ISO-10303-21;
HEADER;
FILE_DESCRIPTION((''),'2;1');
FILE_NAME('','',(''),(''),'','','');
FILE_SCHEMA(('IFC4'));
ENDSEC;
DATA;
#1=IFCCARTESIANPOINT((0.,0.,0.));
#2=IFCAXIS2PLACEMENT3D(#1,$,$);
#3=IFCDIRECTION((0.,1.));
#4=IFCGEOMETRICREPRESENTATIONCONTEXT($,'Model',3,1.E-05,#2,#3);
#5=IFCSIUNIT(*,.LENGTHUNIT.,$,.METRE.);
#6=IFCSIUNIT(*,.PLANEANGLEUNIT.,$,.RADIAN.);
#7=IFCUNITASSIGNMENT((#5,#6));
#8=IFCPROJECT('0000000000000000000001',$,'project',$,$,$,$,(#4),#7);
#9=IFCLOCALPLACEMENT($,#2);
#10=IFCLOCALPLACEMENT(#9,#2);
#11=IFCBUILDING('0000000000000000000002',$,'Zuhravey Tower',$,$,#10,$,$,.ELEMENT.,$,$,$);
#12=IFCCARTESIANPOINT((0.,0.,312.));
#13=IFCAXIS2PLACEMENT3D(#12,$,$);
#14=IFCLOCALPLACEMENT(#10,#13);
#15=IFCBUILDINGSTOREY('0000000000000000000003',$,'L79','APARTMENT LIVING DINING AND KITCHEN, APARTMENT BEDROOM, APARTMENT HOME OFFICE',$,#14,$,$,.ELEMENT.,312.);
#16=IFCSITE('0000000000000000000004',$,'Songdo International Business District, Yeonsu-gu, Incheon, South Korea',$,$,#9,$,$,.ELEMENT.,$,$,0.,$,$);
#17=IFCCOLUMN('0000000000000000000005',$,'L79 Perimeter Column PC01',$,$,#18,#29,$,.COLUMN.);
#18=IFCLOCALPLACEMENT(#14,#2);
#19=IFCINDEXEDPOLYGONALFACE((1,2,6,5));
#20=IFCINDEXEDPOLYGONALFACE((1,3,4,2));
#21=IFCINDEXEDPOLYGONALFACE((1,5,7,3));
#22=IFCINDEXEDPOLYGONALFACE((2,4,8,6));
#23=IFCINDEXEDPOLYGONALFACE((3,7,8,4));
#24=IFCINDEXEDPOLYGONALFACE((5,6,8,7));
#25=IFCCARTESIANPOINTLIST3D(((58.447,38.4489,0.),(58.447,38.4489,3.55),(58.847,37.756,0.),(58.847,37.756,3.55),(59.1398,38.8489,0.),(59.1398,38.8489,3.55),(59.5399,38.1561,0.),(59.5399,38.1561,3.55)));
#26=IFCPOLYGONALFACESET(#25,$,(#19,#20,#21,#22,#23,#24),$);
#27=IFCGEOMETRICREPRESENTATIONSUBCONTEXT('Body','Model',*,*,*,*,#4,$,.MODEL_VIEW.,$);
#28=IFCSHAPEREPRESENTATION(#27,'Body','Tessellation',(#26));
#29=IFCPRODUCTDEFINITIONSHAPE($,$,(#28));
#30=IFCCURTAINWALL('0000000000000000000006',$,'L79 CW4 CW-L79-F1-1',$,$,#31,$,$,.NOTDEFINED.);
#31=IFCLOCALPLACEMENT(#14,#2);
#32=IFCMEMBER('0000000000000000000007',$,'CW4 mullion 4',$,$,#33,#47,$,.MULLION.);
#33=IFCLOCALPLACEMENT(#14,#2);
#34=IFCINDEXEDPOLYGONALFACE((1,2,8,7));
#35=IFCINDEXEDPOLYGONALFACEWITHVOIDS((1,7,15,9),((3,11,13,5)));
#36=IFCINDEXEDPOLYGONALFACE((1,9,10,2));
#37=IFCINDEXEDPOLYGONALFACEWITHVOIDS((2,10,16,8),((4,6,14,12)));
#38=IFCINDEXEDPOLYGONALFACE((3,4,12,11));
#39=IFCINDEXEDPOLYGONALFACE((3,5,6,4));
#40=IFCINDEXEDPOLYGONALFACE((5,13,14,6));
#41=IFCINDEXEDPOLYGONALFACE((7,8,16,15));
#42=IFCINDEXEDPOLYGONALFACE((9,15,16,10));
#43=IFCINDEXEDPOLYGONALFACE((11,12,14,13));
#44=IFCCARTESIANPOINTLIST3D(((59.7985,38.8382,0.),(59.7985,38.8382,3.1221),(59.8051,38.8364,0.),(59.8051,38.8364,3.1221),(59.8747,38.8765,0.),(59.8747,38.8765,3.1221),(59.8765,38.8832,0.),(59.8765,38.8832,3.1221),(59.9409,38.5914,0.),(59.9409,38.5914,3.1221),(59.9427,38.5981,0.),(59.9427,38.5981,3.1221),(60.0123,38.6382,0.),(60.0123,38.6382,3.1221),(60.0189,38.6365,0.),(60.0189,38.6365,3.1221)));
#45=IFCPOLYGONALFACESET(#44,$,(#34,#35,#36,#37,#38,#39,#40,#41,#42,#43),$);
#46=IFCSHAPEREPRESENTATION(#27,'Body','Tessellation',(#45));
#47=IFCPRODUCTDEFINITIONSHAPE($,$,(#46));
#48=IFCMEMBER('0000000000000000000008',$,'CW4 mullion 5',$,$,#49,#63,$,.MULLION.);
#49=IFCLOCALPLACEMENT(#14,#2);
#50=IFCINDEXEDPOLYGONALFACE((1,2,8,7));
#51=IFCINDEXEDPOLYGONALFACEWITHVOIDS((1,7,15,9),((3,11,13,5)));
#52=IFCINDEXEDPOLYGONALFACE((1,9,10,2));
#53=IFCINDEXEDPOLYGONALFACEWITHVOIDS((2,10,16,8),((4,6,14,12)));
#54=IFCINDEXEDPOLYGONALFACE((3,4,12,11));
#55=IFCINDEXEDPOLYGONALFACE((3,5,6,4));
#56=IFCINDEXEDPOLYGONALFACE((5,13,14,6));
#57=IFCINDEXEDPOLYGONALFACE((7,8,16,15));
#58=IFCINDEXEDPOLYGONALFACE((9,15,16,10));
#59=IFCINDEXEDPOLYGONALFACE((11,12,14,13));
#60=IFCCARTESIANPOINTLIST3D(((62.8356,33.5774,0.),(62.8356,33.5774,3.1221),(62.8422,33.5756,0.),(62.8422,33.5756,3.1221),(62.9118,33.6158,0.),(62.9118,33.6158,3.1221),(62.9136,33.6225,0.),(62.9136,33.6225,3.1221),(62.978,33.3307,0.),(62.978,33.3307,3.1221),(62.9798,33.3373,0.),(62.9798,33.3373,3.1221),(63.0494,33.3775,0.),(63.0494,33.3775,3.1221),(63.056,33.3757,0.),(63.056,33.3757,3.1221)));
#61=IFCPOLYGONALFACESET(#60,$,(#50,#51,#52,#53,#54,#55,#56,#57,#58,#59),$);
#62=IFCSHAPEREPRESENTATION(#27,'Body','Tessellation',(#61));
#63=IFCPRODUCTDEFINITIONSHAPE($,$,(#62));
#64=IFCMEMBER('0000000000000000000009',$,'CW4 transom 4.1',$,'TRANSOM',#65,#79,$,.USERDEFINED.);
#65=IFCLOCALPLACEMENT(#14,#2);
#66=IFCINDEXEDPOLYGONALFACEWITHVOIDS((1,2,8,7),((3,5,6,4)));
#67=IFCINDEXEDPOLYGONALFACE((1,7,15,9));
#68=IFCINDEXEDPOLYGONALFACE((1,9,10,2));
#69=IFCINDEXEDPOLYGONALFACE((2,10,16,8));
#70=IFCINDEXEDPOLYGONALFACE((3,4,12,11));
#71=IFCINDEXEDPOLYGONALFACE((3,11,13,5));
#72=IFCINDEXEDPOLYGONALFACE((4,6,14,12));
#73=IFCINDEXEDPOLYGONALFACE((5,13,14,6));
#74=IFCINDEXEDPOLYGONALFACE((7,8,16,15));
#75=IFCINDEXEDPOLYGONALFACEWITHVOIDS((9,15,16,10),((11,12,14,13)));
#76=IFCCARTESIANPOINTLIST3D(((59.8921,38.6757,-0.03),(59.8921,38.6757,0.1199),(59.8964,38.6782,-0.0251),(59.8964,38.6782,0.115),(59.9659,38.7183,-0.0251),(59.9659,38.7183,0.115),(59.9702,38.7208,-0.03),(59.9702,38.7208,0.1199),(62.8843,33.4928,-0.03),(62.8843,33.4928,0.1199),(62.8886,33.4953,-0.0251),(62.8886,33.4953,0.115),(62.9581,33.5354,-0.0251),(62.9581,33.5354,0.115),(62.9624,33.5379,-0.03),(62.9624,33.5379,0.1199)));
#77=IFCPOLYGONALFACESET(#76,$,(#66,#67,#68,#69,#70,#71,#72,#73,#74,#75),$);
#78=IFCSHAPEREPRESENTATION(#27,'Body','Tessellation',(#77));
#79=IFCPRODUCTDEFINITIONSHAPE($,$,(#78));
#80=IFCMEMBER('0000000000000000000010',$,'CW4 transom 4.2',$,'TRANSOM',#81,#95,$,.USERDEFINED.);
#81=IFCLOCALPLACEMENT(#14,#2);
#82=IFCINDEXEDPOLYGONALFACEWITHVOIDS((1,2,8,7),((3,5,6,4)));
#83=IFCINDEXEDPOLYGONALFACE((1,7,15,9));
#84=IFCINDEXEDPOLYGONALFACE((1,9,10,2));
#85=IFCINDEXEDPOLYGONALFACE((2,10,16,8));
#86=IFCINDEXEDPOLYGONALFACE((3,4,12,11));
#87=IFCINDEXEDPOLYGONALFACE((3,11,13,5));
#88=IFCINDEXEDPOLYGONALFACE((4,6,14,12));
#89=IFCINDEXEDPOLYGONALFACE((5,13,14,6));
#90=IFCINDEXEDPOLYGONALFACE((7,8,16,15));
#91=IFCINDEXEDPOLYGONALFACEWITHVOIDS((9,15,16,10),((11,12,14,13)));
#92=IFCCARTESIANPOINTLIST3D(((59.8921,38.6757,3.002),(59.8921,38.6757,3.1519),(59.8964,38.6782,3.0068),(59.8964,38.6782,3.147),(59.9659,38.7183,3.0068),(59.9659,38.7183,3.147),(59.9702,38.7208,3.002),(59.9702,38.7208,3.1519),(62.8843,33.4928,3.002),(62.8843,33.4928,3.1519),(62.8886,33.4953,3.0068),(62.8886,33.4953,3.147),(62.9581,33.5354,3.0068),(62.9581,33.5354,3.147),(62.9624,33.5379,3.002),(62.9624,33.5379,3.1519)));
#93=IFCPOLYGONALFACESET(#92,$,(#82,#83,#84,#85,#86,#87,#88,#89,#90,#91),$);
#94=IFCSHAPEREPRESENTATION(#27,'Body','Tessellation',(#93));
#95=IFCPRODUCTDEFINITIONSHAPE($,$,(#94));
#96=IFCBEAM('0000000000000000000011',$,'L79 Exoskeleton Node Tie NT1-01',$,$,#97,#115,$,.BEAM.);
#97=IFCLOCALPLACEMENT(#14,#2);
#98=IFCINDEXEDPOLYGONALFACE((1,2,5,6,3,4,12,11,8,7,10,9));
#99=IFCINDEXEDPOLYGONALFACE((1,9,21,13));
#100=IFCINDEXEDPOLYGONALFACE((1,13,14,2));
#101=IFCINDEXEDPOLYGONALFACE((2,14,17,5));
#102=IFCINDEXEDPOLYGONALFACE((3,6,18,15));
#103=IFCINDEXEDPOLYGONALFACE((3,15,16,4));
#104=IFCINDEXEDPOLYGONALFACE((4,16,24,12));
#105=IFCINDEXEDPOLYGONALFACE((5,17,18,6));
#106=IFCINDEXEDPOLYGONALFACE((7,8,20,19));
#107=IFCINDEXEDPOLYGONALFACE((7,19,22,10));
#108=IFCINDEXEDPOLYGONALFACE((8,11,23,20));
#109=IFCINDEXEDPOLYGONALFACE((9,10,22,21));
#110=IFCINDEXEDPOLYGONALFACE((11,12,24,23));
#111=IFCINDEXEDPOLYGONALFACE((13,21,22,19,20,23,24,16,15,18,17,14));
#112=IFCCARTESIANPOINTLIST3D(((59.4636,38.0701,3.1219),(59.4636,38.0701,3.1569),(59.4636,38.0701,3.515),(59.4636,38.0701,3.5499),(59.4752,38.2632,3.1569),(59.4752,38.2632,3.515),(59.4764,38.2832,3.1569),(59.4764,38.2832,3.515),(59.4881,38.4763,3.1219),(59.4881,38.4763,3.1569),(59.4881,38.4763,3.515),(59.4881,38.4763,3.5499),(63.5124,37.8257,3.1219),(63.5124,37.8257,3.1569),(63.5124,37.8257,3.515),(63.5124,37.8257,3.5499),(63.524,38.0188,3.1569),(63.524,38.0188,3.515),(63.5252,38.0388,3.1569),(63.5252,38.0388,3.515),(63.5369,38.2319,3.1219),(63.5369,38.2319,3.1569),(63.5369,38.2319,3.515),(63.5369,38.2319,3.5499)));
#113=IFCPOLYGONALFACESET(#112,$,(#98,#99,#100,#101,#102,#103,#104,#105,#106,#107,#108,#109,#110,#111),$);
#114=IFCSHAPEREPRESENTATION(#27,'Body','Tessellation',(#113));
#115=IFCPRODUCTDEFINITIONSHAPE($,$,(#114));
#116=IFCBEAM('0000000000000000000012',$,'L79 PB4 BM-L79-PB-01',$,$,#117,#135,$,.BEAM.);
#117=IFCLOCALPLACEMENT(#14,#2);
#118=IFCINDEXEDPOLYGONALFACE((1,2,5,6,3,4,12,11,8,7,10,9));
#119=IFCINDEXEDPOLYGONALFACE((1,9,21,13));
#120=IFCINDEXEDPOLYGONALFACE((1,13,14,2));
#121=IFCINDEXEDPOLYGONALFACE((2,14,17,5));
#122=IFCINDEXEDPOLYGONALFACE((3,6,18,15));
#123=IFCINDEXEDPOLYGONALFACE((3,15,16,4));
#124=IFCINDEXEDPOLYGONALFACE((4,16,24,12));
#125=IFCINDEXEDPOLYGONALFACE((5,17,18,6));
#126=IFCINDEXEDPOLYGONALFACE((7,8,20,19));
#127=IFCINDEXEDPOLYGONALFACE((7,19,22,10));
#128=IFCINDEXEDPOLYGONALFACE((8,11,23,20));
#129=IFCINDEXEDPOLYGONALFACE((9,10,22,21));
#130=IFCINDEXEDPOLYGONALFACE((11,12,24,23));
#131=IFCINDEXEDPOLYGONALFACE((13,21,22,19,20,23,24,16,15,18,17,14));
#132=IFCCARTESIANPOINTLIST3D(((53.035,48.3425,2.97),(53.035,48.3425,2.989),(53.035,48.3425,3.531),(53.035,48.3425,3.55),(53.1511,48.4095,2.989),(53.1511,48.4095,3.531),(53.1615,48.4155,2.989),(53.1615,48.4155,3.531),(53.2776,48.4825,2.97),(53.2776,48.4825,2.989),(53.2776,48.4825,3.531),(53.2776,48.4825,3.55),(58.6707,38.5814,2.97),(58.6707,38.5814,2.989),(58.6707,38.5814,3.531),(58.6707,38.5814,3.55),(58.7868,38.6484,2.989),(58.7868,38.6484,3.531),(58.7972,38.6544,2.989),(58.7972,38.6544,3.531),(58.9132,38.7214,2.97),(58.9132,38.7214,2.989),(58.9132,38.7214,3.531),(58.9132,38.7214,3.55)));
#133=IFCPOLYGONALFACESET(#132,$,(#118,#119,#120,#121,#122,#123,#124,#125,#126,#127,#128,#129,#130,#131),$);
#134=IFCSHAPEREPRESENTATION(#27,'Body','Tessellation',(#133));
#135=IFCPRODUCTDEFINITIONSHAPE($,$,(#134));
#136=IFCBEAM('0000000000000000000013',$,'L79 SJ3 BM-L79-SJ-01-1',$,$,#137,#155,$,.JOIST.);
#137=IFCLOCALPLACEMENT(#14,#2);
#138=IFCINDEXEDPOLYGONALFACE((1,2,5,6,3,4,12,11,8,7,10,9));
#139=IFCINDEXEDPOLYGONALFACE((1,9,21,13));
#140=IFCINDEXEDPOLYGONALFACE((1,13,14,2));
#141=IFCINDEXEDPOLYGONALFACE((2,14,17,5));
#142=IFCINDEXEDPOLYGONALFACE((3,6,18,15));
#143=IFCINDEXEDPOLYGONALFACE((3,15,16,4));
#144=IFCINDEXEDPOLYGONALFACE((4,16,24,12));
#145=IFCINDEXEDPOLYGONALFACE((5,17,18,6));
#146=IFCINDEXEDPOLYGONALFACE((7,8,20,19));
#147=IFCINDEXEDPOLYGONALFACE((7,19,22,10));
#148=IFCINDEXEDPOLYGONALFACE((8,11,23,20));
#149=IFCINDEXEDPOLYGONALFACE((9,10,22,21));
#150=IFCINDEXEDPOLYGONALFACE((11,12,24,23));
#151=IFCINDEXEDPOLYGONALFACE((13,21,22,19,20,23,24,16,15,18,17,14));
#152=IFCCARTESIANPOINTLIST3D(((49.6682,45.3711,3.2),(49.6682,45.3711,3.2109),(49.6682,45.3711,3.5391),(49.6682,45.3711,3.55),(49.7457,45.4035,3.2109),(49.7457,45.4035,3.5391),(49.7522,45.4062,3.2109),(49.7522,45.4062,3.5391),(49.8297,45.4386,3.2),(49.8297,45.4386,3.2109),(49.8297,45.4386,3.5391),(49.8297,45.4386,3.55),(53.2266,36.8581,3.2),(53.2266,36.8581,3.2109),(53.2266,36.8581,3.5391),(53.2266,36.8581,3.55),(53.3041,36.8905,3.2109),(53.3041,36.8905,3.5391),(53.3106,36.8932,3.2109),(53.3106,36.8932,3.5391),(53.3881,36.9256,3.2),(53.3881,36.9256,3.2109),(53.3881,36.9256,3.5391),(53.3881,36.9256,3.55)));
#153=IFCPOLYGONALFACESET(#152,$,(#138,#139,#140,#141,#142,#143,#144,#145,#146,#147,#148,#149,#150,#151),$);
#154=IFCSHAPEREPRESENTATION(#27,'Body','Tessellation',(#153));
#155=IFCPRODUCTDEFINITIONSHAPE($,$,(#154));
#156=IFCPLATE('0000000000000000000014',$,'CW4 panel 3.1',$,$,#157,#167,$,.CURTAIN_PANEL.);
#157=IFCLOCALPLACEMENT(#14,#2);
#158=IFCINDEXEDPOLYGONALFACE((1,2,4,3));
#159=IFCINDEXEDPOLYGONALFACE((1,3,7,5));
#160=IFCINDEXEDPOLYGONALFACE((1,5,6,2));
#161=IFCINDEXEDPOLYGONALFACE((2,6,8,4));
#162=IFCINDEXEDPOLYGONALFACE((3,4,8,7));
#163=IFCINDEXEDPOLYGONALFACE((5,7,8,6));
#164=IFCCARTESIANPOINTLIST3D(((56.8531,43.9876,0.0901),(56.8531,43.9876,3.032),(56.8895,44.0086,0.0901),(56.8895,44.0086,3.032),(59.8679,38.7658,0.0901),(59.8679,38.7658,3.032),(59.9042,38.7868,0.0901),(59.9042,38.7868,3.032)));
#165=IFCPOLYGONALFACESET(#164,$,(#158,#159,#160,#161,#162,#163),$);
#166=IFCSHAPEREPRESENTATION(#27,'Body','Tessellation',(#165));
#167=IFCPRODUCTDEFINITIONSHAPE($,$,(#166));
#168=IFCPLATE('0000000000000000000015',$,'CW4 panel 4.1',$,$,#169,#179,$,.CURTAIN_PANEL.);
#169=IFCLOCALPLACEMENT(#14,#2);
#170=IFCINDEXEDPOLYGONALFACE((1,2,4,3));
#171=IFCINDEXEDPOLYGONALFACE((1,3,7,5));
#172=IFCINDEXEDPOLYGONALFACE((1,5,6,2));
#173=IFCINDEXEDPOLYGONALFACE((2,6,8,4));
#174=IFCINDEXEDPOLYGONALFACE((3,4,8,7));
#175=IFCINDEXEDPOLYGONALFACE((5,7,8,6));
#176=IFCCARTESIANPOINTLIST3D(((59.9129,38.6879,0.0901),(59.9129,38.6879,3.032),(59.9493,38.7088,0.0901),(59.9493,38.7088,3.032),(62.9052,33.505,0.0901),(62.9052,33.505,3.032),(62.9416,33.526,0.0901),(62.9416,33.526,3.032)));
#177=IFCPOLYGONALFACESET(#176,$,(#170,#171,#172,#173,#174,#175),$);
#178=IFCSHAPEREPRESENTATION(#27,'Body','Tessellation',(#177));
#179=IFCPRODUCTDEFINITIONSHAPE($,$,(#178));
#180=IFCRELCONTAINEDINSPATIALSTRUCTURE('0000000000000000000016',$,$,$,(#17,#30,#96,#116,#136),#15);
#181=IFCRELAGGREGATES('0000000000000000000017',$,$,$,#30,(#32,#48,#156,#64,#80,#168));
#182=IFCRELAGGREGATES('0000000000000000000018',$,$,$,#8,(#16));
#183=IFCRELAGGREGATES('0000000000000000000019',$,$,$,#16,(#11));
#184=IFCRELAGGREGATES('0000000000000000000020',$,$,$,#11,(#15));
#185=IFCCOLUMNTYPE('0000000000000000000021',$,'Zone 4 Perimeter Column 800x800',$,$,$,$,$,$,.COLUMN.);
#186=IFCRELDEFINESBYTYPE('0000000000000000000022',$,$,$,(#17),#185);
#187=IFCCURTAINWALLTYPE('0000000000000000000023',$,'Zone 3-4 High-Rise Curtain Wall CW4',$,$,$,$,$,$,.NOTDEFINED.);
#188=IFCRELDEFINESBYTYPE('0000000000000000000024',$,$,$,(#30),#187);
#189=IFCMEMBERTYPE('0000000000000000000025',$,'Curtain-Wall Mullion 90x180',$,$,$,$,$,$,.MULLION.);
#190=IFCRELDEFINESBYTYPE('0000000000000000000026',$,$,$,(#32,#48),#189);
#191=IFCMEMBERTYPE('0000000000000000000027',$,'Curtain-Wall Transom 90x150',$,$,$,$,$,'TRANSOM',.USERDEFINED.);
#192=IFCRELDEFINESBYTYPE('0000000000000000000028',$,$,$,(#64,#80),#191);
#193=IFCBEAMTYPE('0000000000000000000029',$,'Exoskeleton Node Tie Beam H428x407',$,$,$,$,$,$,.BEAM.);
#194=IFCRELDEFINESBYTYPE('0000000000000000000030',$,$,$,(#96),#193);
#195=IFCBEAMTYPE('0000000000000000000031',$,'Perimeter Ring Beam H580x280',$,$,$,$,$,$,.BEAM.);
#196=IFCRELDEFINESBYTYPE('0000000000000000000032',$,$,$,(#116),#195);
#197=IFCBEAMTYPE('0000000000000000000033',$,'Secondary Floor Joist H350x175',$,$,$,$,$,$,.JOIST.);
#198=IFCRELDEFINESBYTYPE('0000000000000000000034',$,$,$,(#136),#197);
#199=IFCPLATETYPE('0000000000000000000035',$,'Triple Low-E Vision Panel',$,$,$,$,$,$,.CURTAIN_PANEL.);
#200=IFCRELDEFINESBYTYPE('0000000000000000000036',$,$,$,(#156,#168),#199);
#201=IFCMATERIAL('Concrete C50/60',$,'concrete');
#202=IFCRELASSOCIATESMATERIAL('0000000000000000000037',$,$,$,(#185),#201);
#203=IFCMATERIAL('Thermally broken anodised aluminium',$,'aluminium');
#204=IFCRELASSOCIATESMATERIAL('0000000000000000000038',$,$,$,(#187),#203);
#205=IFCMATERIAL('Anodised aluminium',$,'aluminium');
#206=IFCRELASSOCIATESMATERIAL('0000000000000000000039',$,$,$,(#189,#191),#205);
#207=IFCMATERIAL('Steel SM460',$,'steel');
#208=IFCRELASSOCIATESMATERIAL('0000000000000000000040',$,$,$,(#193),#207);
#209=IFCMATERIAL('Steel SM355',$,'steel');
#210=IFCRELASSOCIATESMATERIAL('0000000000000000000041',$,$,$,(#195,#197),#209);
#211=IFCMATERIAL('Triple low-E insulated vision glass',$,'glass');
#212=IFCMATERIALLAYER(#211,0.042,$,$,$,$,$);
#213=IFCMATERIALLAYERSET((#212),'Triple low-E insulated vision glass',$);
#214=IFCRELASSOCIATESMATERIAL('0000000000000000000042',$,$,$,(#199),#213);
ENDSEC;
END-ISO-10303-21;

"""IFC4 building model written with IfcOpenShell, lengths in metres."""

from ifc_helpers import new_model, si_unit, direction, frame, origin, origin_2d, place, context, subcontext, project, spatial, rectangle, hollow_rectangle, i_section, extrude, material, layer, layer_set, material_profile, profile_set, type_object, element, aggregate, save


model = new_model("IFC4")

# Units and contexts
model_context = context("Model", 3, precision=1e-05, world=origin(), true_north=direction((0.0, 1.0)))
body_context = subcontext(model_context, "Body", "Model", "MODEL_VIEW")
ifc_project = project(units=[si_unit("LENGTHUNIT", "METRE"), si_unit("PLANEANGLEUNIT", "RADIAN")], contexts=[model_context])

# Site, building, storey
site_placement = place(None, origin())
site = spatial("IfcSite", under=ifc_project, at=site_placement, Name="Songdo International Business District, Yeonsu-gu, Incheon, South Korea", CompositionType="ELEMENT", RefElevation=0.0)
building_placement = place(site_placement, origin())
building = spatial("IfcBuilding", under=site, at=building_placement, Name="Zuhravey Tower", CompositionType="ELEMENT")
storey_placement = place(building_placement, frame((0.0, 0.0, 312.0)))
storey = spatial("IfcBuildingStorey", under=building, at=storey_placement, Name="L79", Description="APARTMENT LIVING DINING AND KITCHEN, APARTMENT BEDROOM, APARTMENT HOME OFFICE", CompositionType="ELEMENT", Elevation=312.0)

# Column
ifc_material_1 = material(Name="Concrete C50/60", Category="concrete")
ifc_material_profile_1 = material_profile(ifc_material_1, rectangle(XDim=0.8, YDim=0.8, at=origin_2d()), Name="RC-800x800")
ifc_profile_set_1 = profile_set([ifc_material_profile_1], Name="Concrete C50/60")
column_type = type_object("IfcColumnType", Name="Zone 4 Perimeter Column 800x800", PredefinedType="COLUMN", material=ifc_profile_set_1)
column_placement = place(storey_placement, frame((58.9934, 38.3025, 0.0), z_axis=(0.0, 0.0, 1.0), x_axis=(-0.5, 0.866025, 0.0)))
element("IfcColumn", 1, at=column_placement, inside=storey, type_object=column_type, Name="L79 Perimeter Column PC01", PredefinedType="COLUMN", context=body_context, shape_type="SweptSolid", body=[
    extrude(rectangle(XDim=0.8, YDim=0.8, at=origin_2d()), origin(), (0.0, 0.0, 1.0), 3.55),
])

# Curtain wall, members
ifc_material_2 = material(Name="Thermally broken anodised aluminium", Category="aluminium")
curtain_wall_type = type_object("IfcCurtainWallType", Name="Zone 3-4 High-Rise Curtain Wall CW4", PredefinedType="NOTDEFINED", material=ifc_material_2)
curtain_wall_placement = place(storey_placement, origin())
curtain_wall = element("IfcCurtainWall", 2, at=curtain_wall_placement, inside=storey, type_object=curtain_wall_type, Name="L79 CW4 CW-L79-F1-1", PredefinedType="NOTDEFINED")
ifc_material_3 = material(Name="Anodised aluminium", Category="aluminium")
ifc_material_profile_2 = material_profile(ifc_material_3, hollow_rectangle(XDim=0.0901, YDim=0.2849, WallThickness=0.0049, at=origin_2d()), Name="ALU-RHS-90x285x5")
ifc_profile_set_2 = profile_set([ifc_material_profile_2], Name="Anodised aluminium")
member_type_1 = type_object("IfcMemberType", Name="Curtain-Wall Mullion 90x180", PredefinedType="MULLION", material=ifc_profile_set_2)
member_1_placement = place(storey_placement, frame((59.9087, 38.7373, 0.0), z_axis=(0.0, 0.0, 1.0), x_axis=(0.866026, 0.5, 0.0)))
member_1 = element("IfcMember", 3, at=member_1_placement, type_object=member_type_1, Name="CW4 mullion 4", PredefinedType="MULLION", context=body_context, shape_type="SweptSolid", body=[
    extrude(hollow_rectangle(XDim=0.0901, YDim=0.2849, WallThickness=0.0049, at=origin_2d()), origin(), (0.0, 0.0, 1.0), 3.1221),
])
member_2_placement = place(storey_placement, frame((62.9458, 33.4766, 0.0), z_axis=(0.0, 0.0, 1.0), x_axis=(0.866026, 0.5, 0.0)))
member_2 = element("IfcMember", 4, at=member_2_placement, type_object=member_type_1, Name="CW4 mullion 5", PredefinedType="MULLION", context=body_context, shape_type="SweptSolid", body=[
    extrude(hollow_rectangle(XDim=0.0901, YDim=0.2849, WallThickness=0.0049, at=origin_2d()), origin(), (0.0, 0.0, 1.0), 3.1221),
])
ifc_material_profile_3 = material_profile(ifc_material_3, hollow_rectangle(XDim=0.0901, YDim=0.1499, WallThickness=0.0049, at=origin_2d()), Name="ALU-RHS-90x150x5")
ifc_profile_set_3 = profile_set([ifc_material_profile_3], Name="Anodised aluminium")
member_type_2 = type_object("IfcMemberType", Name="Curtain-Wall Transom 90x150", ElementType="TRANSOM", PredefinedType="USERDEFINED", material=ifc_profile_set_3)
member_3_placement = place(storey_placement, frame((59.9312, 38.6982, 0.0449), z_axis=(0.499983, -0.866035, 0.0), x_axis=(0.866035, 0.499983, 0.0)))
member_3 = element("IfcMember", 5, at=member_3_placement, type_object=member_type_2, Name="CW4 transom 4.1", ObjectType="TRANSOM", PredefinedType="USERDEFINED", context=body_context, shape_type="SweptSolid", body=[
    extrude(hollow_rectangle(XDim=0.0901, YDim=0.1499, WallThickness=0.0049, at=origin_2d()), origin(), (0.0, 0.0, 1.0), 5.9846),
])
member_4_placement = place(storey_placement, frame((59.9312, 38.6982, 3.0769), z_axis=(0.499983, -0.866035, 0.0), x_axis=(0.866035, 0.499983, 0.0)))
member_4 = element("IfcMember", 6, at=member_4_placement, type_object=member_type_2, Name="CW4 transom 4.2", ObjectType="TRANSOM", PredefinedType="USERDEFINED", context=body_context, shape_type="SweptSolid", body=[
    extrude(hollow_rectangle(XDim=0.0901, YDim=0.1499, WallThickness=0.0049, at=origin_2d()), origin(), (0.0, 0.0, 1.0), 5.9846),
])

# Beams
ifc_material_4 = material(Name="Steel SM460", Category="steel")
ifc_material_profile_4 = material_profile(ifc_material_4, i_section(OverallWidth=0.407, OverallDepth=0.428, WebThickness=0.02, FlangeThickness=0.0349, at=origin_2d()), Name="H-428x407x20x35")
ifc_profile_set_4 = profile_set([ifc_material_profile_4], Name="Steel SM460")
beam_type_1 = type_object("IfcBeamType", Name="Exoskeleton Node Tie Beam H428x407", PredefinedType="BEAM", material=ifc_profile_set_4)
beam_1_placement = place(storey_placement, frame((59.4758, 38.2732, 3.3359), z_axis=(0.998183, -0.06025, 0.0), x_axis=(0.06025, 0.998183, 0.0)))
element("IfcBeam", 7, at=beam_1_placement, inside=storey, type_object=beam_type_1, Name="L79 Exoskeleton Node Tie NT1-01", PredefinedType="BEAM", context=body_context, shape_type="SweptSolid", body=[
    extrude(i_section(OverallWidth=0.407, OverallDepth=0.428, WebThickness=0.02, FlangeThickness=0.0349, at=origin_2d()), origin(), (0.0, 0.0, 1.0), 4.0562),
])
ifc_material_5 = material(Name="Steel SM355", Category="steel")
ifc_material_profile_5 = material_profile(ifc_material_5, i_section(OverallWidth=0.28, OverallDepth=0.5801, WebThickness=0.012, FlangeThickness=0.019, at=origin_2d()), Name="H-580x280x12x19")
ifc_profile_set_5 = profile_set([ifc_material_profile_5], Name="Steel SM355")
beam_type_2 = type_object("IfcBeamType", Name="Perimeter Ring Beam H580x280", PredefinedType="BEAM", material=ifc_profile_set_5)
beam_2_placement = place(storey_placement, frame((58.792, 38.6514, 3.26), z_axis=(-0.500006, 0.866022, 0.0), x_axis=(-0.866022, -0.500006, 0.0)))
element("IfcBeam", 8, at=beam_2_placement, inside=storey, type_object=beam_type_2, Name="L79 PB4 BM-L79-PB-01", PredefinedType="BEAM", context=body_context, shape_type="SweptSolid", body=[
    extrude(i_section(OverallWidth=0.28, OverallDepth=0.5801, WebThickness=0.012, FlangeThickness=0.019, at=origin_2d()), origin(), (0.0, 0.0, 1.0), 11.2712),
])
ifc_material_profile_6 = material_profile(ifc_material_5, i_section(OverallWidth=0.175, OverallDepth=0.3501, WebThickness=0.0071, FlangeThickness=0.011, at=origin_2d()), Name="H-350x175x7x11")
ifc_profile_set_6 = profile_set([ifc_material_profile_6], Name="Steel SM355")
beam_type_3 = type_object("IfcBeamType", Name="Secondary Floor Joist H350x175", PredefinedType="JOIST", material=ifc_profile_set_6)
beam_3_placement = place(storey_placement, frame((53.3074, 36.8918, 3.375), z_axis=(-0.385658, 0.922642, 0.0), x_axis=(-0.922642, -0.385658, 0.0)))
element("IfcBeam", 9, at=beam_3_placement, inside=storey, type_object=beam_type_3, Name="L79 SJ3 BM-L79-SJ-01-1", PredefinedType="JOIST", context=body_context, shape_type="SweptSolid", body=[
    extrude(i_section(OverallWidth=0.175, OverallDepth=0.3501, WebThickness=0.0071, FlangeThickness=0.011, at=origin_2d()), origin(), (0.0, 0.0, 1.0), 9.2268),
])

# Plates
ifc_material_6 = material(Name="Triple low-E insulated vision glass", Category="glass")
ifc_layer_1 = layer(ifc_material_6, 0.042)
ifc_layer_set_1 = layer_set([ifc_layer_1], Name="Triple low-E insulated vision glass")
plate_type = type_object("IfcPlateType", Name="Triple Low-E Vision Panel", PredefinedType="CURTAIN_PANEL", material=ifc_layer_set_1)
plate_1_placement = place(storey_placement, frame((58.3787, 41.3872, 0.0901), z_axis=(0.0, 0.0, 1.0), x_axis=(0.5, -0.866026, 0.0)))
plate_1 = element("IfcPlate", 10, at=plate_1_placement, type_object=plate_type, Name="CW4 panel 3.1", PredefinedType="CURTAIN_PANEL", context=body_context, shape_type="SweptSolid", body=[
    extrude(rectangle(XDim=6.0295, YDim=0.042, at=origin_2d()), origin(), (0.0, 0.0, 1.0), 2.9419),
])
plate_2_placement = place(storey_placement, frame((61.4272, 36.1069, 0.0901), z_axis=(0.0, 0.0, 1.0), x_axis=(0.5, -0.866026, 0.0)))
plate_2 = element("IfcPlate", 11, at=plate_2_placement, type_object=plate_type, Name="CW4 panel 4.1", PredefinedType="CURTAIN_PANEL", context=body_context, shape_type="SweptSolid", body=[
    extrude(rectangle(XDim=5.9846, YDim=0.042, at=origin_2d()), origin(), (0.0, 0.0, 1.0), 2.9419),
])
aggregate(curtain_wall, [member_1, member_2, plate_1, member_3, member_4, plate_2])

save(model, "model.ifc")
